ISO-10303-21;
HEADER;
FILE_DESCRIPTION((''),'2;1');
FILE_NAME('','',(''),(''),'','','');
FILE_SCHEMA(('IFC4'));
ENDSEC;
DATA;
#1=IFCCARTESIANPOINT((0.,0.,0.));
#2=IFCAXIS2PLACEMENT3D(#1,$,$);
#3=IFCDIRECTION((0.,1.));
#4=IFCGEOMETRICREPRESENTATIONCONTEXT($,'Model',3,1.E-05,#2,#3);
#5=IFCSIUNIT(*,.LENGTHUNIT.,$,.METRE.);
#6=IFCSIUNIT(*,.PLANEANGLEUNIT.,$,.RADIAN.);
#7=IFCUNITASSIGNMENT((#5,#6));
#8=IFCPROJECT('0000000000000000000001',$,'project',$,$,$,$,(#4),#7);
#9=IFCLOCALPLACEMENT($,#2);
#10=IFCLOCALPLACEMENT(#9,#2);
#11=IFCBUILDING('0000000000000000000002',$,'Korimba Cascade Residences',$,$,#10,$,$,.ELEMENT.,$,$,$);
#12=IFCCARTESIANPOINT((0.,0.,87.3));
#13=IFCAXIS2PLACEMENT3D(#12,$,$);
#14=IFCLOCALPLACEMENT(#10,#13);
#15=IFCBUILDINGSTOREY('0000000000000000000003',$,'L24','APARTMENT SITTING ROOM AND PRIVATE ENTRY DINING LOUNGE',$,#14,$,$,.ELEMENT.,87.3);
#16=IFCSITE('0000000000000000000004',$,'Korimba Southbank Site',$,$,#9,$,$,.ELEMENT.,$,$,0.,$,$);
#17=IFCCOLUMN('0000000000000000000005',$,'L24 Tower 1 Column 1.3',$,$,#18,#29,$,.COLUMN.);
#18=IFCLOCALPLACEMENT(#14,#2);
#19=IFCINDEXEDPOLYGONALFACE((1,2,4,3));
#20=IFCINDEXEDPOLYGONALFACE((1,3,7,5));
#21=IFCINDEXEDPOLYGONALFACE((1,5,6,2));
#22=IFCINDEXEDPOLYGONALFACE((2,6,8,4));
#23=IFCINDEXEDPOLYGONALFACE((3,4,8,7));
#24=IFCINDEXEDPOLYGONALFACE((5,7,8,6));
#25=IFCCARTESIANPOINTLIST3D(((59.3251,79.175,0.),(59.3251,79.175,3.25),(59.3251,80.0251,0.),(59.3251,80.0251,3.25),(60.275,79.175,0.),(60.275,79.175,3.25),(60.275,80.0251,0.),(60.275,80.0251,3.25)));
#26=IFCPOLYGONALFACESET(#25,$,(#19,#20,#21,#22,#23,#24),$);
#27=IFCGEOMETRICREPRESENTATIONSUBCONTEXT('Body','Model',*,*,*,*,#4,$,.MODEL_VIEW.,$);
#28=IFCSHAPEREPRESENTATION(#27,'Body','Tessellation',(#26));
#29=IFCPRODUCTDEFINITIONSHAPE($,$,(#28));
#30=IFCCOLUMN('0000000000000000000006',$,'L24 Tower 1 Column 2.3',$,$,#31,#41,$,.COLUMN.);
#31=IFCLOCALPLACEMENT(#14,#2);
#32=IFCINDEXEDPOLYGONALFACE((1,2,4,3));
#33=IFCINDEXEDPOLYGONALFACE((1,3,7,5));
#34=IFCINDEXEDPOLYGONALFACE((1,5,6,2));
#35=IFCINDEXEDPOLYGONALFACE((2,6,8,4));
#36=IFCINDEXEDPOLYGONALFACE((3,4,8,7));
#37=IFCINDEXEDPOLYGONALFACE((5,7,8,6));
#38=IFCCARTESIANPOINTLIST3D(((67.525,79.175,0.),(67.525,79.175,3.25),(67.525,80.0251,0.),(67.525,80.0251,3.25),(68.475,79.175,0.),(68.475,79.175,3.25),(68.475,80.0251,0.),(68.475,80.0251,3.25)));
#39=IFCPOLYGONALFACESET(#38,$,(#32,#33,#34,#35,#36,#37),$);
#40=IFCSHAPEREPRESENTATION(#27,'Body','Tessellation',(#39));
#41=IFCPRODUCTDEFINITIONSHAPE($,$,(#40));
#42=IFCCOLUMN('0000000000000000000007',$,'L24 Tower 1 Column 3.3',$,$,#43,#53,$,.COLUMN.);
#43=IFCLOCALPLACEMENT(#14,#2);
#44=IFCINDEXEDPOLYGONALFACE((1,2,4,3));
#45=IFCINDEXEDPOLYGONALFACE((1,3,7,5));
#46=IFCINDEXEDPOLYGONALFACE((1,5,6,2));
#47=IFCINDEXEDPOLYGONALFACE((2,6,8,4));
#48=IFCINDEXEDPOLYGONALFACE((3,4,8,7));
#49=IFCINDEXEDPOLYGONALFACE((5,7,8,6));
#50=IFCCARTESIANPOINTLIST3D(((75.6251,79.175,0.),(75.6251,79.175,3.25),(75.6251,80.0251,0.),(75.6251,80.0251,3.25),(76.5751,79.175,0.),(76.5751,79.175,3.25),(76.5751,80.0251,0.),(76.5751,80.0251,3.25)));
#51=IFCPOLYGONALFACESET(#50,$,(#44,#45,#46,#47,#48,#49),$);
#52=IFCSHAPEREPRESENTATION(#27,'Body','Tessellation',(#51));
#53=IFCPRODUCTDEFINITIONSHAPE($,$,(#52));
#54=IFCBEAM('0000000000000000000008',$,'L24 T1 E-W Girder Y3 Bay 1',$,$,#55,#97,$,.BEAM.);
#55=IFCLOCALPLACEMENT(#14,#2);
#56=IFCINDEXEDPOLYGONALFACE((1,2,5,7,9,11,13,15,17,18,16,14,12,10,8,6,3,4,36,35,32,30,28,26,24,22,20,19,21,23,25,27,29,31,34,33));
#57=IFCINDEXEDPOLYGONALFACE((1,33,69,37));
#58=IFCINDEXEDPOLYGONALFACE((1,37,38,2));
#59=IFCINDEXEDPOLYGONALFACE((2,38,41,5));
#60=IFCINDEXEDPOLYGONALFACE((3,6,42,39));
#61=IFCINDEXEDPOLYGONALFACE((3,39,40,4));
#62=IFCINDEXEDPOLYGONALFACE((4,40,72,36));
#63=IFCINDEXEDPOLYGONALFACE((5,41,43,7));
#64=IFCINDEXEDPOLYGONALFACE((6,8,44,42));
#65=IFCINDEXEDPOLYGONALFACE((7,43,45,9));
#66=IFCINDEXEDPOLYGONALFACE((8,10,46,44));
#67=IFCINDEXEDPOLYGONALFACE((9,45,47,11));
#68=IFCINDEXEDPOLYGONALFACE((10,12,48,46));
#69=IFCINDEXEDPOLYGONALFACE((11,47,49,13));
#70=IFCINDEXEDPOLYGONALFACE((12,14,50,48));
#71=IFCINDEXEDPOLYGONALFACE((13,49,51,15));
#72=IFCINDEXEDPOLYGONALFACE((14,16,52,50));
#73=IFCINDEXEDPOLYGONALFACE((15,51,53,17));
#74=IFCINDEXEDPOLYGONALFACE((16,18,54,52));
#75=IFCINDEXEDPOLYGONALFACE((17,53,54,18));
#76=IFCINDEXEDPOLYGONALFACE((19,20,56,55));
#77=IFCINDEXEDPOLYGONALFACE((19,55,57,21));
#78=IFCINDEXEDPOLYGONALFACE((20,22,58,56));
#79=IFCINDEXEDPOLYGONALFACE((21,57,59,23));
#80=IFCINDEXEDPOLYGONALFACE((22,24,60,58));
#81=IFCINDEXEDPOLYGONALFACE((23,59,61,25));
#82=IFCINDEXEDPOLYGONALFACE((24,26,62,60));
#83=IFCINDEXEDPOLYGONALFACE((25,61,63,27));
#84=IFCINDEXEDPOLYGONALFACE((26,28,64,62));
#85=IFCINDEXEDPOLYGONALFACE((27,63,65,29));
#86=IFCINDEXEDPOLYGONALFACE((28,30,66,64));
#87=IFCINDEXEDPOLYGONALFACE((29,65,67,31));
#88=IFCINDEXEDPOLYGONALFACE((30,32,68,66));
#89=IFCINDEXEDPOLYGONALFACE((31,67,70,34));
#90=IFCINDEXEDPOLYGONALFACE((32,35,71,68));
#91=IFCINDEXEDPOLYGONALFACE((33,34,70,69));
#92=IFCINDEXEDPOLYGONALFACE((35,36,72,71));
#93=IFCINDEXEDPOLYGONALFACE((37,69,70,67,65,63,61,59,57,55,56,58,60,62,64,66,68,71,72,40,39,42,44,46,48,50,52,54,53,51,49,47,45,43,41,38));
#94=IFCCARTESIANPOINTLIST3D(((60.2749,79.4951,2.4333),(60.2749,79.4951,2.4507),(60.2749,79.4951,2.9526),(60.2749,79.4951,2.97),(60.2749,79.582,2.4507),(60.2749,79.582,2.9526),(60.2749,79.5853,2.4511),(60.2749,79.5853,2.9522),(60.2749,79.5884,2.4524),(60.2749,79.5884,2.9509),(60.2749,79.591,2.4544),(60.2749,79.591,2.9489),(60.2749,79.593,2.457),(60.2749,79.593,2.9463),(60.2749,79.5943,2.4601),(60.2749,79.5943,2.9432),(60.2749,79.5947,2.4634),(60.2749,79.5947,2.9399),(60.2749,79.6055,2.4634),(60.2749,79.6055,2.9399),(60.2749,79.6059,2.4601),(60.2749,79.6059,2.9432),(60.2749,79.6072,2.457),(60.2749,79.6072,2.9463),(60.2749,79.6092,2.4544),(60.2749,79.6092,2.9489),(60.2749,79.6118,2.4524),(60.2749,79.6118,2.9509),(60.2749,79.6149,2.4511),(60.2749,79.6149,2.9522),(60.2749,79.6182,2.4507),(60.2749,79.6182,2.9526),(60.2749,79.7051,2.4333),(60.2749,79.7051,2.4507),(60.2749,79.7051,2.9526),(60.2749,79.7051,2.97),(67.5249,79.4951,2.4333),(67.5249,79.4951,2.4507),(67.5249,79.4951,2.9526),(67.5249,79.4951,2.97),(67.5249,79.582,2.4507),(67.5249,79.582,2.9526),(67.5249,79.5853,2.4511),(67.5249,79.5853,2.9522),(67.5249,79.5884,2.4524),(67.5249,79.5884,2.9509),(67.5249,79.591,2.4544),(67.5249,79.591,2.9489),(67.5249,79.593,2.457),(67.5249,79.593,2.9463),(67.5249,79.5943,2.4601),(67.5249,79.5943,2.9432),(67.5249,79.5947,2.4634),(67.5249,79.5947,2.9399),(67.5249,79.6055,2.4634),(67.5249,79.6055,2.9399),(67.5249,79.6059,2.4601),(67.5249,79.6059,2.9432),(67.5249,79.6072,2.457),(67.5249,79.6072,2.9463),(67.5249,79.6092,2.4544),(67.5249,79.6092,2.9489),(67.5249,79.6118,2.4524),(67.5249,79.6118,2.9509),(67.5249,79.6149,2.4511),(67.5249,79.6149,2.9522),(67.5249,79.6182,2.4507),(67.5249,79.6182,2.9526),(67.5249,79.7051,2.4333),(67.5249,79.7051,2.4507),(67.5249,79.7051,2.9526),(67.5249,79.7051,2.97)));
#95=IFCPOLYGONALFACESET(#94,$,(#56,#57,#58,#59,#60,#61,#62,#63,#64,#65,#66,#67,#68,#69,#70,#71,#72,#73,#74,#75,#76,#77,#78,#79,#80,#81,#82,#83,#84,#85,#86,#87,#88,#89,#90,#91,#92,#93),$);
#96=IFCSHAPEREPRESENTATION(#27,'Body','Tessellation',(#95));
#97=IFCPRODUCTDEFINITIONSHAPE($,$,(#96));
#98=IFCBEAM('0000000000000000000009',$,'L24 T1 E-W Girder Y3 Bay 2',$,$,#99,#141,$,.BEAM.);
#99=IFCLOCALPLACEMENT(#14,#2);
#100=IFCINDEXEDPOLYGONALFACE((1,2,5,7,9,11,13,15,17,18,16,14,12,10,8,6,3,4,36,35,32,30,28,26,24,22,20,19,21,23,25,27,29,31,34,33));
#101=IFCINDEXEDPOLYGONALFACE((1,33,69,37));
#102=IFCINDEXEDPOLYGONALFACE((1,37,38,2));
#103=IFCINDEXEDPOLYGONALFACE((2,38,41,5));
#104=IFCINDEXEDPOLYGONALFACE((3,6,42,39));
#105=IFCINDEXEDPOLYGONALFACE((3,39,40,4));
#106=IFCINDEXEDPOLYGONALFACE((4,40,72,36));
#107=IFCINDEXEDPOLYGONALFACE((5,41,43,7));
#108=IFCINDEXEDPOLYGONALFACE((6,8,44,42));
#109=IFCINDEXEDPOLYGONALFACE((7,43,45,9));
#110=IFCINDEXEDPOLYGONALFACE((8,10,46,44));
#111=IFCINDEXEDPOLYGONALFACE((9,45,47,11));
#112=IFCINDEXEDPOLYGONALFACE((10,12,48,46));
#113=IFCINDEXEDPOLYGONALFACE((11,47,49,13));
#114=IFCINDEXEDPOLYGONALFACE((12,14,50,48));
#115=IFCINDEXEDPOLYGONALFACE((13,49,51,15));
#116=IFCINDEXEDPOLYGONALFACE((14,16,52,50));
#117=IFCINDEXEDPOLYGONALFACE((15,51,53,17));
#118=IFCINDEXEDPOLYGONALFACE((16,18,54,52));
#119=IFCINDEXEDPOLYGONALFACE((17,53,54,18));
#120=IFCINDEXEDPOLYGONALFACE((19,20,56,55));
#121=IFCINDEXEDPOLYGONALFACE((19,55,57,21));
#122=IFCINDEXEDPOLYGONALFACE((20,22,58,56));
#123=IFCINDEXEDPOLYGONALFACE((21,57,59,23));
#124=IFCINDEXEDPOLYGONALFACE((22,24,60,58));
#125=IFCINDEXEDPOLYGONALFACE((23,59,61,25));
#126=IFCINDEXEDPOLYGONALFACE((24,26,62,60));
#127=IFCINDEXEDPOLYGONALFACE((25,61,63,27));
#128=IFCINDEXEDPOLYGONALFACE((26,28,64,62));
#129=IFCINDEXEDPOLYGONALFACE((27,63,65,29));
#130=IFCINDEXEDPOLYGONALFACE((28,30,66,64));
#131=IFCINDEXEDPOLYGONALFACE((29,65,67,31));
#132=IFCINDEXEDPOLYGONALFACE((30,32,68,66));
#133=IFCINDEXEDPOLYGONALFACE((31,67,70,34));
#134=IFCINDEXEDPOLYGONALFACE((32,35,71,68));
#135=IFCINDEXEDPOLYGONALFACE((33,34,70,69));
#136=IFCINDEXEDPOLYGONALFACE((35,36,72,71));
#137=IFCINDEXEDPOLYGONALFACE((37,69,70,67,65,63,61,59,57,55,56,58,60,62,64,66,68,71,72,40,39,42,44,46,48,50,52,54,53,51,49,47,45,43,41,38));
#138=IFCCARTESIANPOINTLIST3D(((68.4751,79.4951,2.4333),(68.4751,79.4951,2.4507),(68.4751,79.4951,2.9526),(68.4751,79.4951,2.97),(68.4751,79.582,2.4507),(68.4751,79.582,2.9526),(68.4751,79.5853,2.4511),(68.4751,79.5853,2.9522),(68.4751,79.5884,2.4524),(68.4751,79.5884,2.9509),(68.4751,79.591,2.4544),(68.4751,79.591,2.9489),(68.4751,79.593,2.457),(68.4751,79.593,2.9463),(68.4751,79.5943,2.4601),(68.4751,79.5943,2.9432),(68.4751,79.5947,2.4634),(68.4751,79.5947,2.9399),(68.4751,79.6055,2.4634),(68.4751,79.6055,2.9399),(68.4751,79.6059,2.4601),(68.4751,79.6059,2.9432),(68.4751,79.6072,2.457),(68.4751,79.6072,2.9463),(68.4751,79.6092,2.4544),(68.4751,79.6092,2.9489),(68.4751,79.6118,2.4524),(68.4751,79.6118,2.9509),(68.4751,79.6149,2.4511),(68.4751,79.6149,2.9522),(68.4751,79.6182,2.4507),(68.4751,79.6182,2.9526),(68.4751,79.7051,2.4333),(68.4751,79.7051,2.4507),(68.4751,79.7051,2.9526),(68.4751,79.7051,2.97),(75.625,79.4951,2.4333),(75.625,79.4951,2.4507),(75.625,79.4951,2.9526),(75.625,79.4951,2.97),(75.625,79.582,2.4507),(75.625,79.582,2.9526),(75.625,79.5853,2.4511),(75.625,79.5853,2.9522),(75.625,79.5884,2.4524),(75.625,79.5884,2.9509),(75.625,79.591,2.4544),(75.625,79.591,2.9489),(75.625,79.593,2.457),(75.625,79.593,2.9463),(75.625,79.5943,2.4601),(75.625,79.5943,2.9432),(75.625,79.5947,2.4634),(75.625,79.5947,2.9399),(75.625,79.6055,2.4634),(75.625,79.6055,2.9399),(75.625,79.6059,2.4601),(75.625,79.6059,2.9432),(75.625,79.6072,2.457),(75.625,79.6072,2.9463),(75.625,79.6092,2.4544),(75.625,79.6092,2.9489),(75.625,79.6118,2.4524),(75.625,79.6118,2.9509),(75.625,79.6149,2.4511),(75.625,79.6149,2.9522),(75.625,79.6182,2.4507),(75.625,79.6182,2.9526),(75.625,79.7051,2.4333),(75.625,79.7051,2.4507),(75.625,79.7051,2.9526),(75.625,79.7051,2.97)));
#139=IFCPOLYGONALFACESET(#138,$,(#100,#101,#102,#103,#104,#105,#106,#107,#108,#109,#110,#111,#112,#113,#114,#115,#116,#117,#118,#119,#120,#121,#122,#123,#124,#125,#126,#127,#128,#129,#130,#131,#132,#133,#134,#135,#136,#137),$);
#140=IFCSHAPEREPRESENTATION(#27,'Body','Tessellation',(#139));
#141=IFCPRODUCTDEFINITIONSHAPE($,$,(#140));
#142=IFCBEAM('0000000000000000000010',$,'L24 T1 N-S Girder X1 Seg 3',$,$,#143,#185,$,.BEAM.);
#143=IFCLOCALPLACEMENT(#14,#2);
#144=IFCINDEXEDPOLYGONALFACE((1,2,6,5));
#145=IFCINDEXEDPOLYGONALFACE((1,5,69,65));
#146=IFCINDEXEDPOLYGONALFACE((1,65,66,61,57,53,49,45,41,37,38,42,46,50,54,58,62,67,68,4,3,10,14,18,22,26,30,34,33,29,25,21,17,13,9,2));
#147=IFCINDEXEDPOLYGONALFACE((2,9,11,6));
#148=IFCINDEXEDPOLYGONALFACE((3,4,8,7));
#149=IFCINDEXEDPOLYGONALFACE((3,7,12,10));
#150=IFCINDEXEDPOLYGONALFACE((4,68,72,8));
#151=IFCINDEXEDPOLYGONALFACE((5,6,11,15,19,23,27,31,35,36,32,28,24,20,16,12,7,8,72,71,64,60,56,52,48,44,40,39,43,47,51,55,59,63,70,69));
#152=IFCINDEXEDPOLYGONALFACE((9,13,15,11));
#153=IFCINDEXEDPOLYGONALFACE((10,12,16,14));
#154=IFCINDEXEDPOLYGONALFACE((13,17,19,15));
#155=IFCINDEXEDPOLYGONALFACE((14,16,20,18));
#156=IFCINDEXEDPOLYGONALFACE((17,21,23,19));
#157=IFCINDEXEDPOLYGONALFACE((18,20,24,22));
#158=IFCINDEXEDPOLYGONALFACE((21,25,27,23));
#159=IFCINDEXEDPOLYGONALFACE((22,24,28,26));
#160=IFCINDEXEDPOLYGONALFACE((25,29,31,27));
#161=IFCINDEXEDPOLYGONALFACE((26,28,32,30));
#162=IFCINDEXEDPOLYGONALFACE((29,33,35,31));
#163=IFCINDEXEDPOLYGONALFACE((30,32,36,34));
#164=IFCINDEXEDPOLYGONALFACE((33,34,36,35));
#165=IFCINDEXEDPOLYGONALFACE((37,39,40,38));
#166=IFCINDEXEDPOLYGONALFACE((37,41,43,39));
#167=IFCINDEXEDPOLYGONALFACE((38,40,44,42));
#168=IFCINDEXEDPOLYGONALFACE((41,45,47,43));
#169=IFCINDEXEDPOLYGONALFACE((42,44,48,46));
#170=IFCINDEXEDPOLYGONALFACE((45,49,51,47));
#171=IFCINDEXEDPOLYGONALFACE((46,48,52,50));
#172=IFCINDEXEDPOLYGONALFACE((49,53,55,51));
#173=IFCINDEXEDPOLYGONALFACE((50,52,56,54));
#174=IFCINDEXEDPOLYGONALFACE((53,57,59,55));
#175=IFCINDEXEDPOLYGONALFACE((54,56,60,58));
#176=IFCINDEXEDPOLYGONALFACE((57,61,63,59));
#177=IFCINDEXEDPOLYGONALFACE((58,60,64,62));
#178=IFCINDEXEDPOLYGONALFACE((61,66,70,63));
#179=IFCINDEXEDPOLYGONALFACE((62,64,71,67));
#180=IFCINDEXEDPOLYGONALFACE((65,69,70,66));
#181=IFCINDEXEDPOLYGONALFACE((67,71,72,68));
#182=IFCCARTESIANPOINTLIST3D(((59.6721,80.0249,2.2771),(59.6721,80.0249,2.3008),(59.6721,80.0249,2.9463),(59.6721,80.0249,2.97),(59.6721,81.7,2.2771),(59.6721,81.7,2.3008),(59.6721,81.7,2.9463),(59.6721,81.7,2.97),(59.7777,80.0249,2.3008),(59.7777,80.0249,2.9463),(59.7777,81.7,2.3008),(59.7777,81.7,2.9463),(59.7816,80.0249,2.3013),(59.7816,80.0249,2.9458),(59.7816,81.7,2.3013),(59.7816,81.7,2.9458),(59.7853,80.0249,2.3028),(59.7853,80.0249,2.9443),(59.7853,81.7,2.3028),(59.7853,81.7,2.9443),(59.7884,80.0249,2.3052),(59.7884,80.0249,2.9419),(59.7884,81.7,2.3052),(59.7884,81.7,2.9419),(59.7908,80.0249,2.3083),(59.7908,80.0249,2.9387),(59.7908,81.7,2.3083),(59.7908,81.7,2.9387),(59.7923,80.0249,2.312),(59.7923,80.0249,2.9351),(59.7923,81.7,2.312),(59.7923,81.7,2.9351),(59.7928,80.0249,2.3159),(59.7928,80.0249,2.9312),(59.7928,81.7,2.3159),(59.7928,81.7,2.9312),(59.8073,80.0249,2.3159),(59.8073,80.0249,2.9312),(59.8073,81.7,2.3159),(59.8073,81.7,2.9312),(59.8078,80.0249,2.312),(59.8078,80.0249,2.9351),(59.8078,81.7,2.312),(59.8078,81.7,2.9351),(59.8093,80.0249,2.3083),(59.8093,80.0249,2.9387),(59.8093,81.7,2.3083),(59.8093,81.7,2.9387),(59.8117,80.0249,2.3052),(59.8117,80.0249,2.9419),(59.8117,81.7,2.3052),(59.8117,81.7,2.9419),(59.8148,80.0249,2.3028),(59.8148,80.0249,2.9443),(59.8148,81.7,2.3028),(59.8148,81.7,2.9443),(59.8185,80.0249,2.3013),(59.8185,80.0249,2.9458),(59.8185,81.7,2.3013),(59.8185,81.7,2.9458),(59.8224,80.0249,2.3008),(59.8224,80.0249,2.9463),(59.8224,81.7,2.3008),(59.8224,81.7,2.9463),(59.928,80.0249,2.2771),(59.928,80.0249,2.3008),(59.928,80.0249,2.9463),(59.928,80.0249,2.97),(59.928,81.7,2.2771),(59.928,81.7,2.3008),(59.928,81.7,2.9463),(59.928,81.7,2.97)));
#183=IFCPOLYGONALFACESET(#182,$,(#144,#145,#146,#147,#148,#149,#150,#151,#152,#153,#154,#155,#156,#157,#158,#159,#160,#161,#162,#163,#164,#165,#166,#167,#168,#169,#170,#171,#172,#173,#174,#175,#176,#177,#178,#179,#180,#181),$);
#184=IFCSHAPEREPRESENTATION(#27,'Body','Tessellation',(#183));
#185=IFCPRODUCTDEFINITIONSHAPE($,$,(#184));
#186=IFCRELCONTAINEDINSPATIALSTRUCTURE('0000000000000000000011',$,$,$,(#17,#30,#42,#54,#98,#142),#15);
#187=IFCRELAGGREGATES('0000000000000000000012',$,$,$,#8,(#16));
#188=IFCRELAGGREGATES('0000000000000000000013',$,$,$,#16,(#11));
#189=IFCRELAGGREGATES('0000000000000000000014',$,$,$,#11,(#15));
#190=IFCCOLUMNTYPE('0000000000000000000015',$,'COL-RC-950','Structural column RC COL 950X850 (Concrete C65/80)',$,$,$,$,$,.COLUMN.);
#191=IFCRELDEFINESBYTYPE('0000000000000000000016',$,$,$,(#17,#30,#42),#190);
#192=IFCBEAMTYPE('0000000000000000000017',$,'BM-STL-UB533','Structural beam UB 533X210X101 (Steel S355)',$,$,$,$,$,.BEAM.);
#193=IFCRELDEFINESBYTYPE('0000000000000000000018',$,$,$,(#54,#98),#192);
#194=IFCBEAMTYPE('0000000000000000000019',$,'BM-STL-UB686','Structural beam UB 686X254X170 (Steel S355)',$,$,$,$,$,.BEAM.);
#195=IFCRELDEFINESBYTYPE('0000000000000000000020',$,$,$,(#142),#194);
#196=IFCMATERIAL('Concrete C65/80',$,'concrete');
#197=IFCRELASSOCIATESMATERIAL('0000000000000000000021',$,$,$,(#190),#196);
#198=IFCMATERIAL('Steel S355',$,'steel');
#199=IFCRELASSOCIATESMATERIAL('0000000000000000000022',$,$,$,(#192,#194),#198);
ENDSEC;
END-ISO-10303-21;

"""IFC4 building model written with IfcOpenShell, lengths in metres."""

from ifc_helpers import new_model, si_unit, direction, frame, origin, origin_2d, place, context, subcontext, project, spatial, rectangle, i_section, extrude, material, material_profile, profile_set, type_object, element, save


model = new_model("IFC4")

# Units and contexts
model_context = context("Model", 3, precision=1e-05, world=origin(), true_north=direction((0.0, 1.0)))
body_context = subcontext(model_context, "Body", "Model", "MODEL_VIEW")
ifc_project = project(units=[si_unit("LENGTHUNIT", "METRE"), si_unit("PLANEANGLEUNIT", "RADIAN")], contexts=[model_context])

# Site, building, storey
site_placement = place(None, origin())
site = spatial("IfcSite", under=ifc_project, at=site_placement, Name="Korimba Southbank Site", CompositionType="ELEMENT", RefElevation=0.0)
building_placement = place(site_placement, origin())
building = spatial("IfcBuilding", under=site, at=building_placement, Name="Korimba Cascade Residences", CompositionType="ELEMENT")
storey_placement = place(building_placement, frame((0.0, 0.0, 87.3)))
storey = spatial("IfcBuildingStorey", under=building, at=storey_placement, Name="L24", Description="APARTMENT SITTING ROOM AND PRIVATE ENTRY DINING LOUNGE", CompositionType="ELEMENT", Elevation=87.3)

# Columns
ifc_material_1 = material(Name="Concrete C65/80", Category="concrete")
ifc_material_profile_1 = material_profile(ifc_material_1, rectangle(XDim=0.95, YDim=0.8501, at=origin_2d()), Name="Concrete C65/80")
ifc_profile_set_1 = profile_set([ifc_material_profile_1], Name="Concrete C65/80")
column_type = type_object("IfcColumnType", Name="COL-RC-950", Description="Structural column RC COL 950X850 (Concrete C65/80)", PredefinedType="COLUMN", material=ifc_profile_set_1)
for number, where, z_axis, x_axis, name in (
    (1, (59.8, 79.6001, 0.0), (0.0, 0.0, 1.0), (1.0, 0.0, 0.0), "L24 Tower 1 Column 1.3"),
    (2, (68.0, 79.6001, 0.0), (0.0, 0.0, 1.0), (1.0, 0.0, 0.0), "L24 Tower 1 Column 2.3"),
    (3, (76.1001, 79.6001, 0.0), (0.0, 0.0, 1.0), (1.0, 0.0, 0.0), "L24 Tower 1 Column 3.3"),
):
    element("IfcColumn", number, at=place(storey_placement, frame(where, z_axis=z_axis, x_axis=x_axis)), inside=storey, type_object=column_type, Name=name, PredefinedType="COLUMN", context=body_context, shape_type="SweptSolid", body=[
        extrude(rectangle(XDim=0.95, YDim=0.8501, at=origin_2d()), origin(), (0.0, 0.0, 1.0), 3.25),
    ])

# Beams
ifc_material_2 = material(Name="Steel S355", Category="steel")
ifc_material_profile_2 = material_profile(ifc_material_2, i_section(OverallWidth=0.21, OverallDepth=0.5366, WebThickness=0.0107, FlangeThickness=0.0173, FilletRadius=0.0127, at=origin_2d()), Name="Steel S355")
ifc_profile_set_2 = profile_set([ifc_material_profile_2], Name="Steel S355")
beam_type_1 = type_object("IfcBeamType", Name="BM-STL-UB533", Description="Structural beam UB 533X210X101 (Steel S355)", PredefinedType="BEAM", material=ifc_profile_set_2)
beam_1_placement = place(storey_placement, frame((60.2749, 79.6001, 2.7017), z_axis=(1.0, 0.0, 0.0), x_axis=(0.0, 1.0, 0.0)))
element("IfcBeam", 4, at=beam_1_placement, inside=storey, type_object=beam_type_1, Name="L24 T1 E-W Girder Y3 Bay 1", PredefinedType="BEAM", context=body_context, shape_type="SweptSolid", body=[
    extrude(i_section(OverallWidth=0.21, OverallDepth=0.5366, WebThickness=0.0107, FlangeThickness=0.0173, FilletRadius=0.0127, at=origin_2d()), origin(), (0.0, 0.0, 1.0), 7.25),
])
beam_2_placement = place(storey_placement, frame((68.4751, 79.6001, 2.7017), z_axis=(1.0, 0.0, 0.0), x_axis=(0.0, 1.0, 0.0)))
element("IfcBeam", 5, at=beam_2_placement, inside=storey, type_object=beam_type_1, Name="L24 T1 E-W Girder Y3 Bay 2", PredefinedType="BEAM", context=body_context, shape_type="SweptSolid", body=[
    extrude(i_section(OverallWidth=0.21, OverallDepth=0.5366, WebThickness=0.0107, FlangeThickness=0.0173, FilletRadius=0.0127, at=origin_2d()), origin(), (0.0, 0.0, 1.0), 7.1499),
])
ifc_material_profile_3 = material_profile(ifc_material_2, i_section(OverallWidth=0.2559, OverallDepth=0.6929, WebThickness=0.0144, FlangeThickness=0.0237, FilletRadius=0.0151, at=origin_2d()), Name="Steel S355")
ifc_profile_set_3 = profile_set([ifc_material_profile_3], Name="Steel S355")
beam_type_2 = type_object("IfcBeamType", Name="BM-STL-UB686", Description="Structural beam UB 686X254X170 (Steel S355)", PredefinedType="BEAM", material=ifc_profile_set_3)
beam_3_placement = place(storey_placement, frame((59.8, 80.0249, 2.6235), z_axis=(0.0, 1.0, 0.0), x_axis=(-1.0, 0.0, 0.0)))
element("IfcBeam", 6, at=beam_3_placement, inside=storey, type_object=beam_type_2, Name="L24 T1 N-S Girder X1 Seg 3", PredefinedType="BEAM", context=body_context, shape_type="SweptSolid", body=[
    extrude(i_section(OverallWidth=0.2559, OverallDepth=0.6929, WebThickness=0.0144, FlangeThickness=0.0237, FilletRadius=0.0151, at=origin_2d()), origin(), (0.0, 0.0, 1.0), 1.675),
])

save(model, "model.ifc")
